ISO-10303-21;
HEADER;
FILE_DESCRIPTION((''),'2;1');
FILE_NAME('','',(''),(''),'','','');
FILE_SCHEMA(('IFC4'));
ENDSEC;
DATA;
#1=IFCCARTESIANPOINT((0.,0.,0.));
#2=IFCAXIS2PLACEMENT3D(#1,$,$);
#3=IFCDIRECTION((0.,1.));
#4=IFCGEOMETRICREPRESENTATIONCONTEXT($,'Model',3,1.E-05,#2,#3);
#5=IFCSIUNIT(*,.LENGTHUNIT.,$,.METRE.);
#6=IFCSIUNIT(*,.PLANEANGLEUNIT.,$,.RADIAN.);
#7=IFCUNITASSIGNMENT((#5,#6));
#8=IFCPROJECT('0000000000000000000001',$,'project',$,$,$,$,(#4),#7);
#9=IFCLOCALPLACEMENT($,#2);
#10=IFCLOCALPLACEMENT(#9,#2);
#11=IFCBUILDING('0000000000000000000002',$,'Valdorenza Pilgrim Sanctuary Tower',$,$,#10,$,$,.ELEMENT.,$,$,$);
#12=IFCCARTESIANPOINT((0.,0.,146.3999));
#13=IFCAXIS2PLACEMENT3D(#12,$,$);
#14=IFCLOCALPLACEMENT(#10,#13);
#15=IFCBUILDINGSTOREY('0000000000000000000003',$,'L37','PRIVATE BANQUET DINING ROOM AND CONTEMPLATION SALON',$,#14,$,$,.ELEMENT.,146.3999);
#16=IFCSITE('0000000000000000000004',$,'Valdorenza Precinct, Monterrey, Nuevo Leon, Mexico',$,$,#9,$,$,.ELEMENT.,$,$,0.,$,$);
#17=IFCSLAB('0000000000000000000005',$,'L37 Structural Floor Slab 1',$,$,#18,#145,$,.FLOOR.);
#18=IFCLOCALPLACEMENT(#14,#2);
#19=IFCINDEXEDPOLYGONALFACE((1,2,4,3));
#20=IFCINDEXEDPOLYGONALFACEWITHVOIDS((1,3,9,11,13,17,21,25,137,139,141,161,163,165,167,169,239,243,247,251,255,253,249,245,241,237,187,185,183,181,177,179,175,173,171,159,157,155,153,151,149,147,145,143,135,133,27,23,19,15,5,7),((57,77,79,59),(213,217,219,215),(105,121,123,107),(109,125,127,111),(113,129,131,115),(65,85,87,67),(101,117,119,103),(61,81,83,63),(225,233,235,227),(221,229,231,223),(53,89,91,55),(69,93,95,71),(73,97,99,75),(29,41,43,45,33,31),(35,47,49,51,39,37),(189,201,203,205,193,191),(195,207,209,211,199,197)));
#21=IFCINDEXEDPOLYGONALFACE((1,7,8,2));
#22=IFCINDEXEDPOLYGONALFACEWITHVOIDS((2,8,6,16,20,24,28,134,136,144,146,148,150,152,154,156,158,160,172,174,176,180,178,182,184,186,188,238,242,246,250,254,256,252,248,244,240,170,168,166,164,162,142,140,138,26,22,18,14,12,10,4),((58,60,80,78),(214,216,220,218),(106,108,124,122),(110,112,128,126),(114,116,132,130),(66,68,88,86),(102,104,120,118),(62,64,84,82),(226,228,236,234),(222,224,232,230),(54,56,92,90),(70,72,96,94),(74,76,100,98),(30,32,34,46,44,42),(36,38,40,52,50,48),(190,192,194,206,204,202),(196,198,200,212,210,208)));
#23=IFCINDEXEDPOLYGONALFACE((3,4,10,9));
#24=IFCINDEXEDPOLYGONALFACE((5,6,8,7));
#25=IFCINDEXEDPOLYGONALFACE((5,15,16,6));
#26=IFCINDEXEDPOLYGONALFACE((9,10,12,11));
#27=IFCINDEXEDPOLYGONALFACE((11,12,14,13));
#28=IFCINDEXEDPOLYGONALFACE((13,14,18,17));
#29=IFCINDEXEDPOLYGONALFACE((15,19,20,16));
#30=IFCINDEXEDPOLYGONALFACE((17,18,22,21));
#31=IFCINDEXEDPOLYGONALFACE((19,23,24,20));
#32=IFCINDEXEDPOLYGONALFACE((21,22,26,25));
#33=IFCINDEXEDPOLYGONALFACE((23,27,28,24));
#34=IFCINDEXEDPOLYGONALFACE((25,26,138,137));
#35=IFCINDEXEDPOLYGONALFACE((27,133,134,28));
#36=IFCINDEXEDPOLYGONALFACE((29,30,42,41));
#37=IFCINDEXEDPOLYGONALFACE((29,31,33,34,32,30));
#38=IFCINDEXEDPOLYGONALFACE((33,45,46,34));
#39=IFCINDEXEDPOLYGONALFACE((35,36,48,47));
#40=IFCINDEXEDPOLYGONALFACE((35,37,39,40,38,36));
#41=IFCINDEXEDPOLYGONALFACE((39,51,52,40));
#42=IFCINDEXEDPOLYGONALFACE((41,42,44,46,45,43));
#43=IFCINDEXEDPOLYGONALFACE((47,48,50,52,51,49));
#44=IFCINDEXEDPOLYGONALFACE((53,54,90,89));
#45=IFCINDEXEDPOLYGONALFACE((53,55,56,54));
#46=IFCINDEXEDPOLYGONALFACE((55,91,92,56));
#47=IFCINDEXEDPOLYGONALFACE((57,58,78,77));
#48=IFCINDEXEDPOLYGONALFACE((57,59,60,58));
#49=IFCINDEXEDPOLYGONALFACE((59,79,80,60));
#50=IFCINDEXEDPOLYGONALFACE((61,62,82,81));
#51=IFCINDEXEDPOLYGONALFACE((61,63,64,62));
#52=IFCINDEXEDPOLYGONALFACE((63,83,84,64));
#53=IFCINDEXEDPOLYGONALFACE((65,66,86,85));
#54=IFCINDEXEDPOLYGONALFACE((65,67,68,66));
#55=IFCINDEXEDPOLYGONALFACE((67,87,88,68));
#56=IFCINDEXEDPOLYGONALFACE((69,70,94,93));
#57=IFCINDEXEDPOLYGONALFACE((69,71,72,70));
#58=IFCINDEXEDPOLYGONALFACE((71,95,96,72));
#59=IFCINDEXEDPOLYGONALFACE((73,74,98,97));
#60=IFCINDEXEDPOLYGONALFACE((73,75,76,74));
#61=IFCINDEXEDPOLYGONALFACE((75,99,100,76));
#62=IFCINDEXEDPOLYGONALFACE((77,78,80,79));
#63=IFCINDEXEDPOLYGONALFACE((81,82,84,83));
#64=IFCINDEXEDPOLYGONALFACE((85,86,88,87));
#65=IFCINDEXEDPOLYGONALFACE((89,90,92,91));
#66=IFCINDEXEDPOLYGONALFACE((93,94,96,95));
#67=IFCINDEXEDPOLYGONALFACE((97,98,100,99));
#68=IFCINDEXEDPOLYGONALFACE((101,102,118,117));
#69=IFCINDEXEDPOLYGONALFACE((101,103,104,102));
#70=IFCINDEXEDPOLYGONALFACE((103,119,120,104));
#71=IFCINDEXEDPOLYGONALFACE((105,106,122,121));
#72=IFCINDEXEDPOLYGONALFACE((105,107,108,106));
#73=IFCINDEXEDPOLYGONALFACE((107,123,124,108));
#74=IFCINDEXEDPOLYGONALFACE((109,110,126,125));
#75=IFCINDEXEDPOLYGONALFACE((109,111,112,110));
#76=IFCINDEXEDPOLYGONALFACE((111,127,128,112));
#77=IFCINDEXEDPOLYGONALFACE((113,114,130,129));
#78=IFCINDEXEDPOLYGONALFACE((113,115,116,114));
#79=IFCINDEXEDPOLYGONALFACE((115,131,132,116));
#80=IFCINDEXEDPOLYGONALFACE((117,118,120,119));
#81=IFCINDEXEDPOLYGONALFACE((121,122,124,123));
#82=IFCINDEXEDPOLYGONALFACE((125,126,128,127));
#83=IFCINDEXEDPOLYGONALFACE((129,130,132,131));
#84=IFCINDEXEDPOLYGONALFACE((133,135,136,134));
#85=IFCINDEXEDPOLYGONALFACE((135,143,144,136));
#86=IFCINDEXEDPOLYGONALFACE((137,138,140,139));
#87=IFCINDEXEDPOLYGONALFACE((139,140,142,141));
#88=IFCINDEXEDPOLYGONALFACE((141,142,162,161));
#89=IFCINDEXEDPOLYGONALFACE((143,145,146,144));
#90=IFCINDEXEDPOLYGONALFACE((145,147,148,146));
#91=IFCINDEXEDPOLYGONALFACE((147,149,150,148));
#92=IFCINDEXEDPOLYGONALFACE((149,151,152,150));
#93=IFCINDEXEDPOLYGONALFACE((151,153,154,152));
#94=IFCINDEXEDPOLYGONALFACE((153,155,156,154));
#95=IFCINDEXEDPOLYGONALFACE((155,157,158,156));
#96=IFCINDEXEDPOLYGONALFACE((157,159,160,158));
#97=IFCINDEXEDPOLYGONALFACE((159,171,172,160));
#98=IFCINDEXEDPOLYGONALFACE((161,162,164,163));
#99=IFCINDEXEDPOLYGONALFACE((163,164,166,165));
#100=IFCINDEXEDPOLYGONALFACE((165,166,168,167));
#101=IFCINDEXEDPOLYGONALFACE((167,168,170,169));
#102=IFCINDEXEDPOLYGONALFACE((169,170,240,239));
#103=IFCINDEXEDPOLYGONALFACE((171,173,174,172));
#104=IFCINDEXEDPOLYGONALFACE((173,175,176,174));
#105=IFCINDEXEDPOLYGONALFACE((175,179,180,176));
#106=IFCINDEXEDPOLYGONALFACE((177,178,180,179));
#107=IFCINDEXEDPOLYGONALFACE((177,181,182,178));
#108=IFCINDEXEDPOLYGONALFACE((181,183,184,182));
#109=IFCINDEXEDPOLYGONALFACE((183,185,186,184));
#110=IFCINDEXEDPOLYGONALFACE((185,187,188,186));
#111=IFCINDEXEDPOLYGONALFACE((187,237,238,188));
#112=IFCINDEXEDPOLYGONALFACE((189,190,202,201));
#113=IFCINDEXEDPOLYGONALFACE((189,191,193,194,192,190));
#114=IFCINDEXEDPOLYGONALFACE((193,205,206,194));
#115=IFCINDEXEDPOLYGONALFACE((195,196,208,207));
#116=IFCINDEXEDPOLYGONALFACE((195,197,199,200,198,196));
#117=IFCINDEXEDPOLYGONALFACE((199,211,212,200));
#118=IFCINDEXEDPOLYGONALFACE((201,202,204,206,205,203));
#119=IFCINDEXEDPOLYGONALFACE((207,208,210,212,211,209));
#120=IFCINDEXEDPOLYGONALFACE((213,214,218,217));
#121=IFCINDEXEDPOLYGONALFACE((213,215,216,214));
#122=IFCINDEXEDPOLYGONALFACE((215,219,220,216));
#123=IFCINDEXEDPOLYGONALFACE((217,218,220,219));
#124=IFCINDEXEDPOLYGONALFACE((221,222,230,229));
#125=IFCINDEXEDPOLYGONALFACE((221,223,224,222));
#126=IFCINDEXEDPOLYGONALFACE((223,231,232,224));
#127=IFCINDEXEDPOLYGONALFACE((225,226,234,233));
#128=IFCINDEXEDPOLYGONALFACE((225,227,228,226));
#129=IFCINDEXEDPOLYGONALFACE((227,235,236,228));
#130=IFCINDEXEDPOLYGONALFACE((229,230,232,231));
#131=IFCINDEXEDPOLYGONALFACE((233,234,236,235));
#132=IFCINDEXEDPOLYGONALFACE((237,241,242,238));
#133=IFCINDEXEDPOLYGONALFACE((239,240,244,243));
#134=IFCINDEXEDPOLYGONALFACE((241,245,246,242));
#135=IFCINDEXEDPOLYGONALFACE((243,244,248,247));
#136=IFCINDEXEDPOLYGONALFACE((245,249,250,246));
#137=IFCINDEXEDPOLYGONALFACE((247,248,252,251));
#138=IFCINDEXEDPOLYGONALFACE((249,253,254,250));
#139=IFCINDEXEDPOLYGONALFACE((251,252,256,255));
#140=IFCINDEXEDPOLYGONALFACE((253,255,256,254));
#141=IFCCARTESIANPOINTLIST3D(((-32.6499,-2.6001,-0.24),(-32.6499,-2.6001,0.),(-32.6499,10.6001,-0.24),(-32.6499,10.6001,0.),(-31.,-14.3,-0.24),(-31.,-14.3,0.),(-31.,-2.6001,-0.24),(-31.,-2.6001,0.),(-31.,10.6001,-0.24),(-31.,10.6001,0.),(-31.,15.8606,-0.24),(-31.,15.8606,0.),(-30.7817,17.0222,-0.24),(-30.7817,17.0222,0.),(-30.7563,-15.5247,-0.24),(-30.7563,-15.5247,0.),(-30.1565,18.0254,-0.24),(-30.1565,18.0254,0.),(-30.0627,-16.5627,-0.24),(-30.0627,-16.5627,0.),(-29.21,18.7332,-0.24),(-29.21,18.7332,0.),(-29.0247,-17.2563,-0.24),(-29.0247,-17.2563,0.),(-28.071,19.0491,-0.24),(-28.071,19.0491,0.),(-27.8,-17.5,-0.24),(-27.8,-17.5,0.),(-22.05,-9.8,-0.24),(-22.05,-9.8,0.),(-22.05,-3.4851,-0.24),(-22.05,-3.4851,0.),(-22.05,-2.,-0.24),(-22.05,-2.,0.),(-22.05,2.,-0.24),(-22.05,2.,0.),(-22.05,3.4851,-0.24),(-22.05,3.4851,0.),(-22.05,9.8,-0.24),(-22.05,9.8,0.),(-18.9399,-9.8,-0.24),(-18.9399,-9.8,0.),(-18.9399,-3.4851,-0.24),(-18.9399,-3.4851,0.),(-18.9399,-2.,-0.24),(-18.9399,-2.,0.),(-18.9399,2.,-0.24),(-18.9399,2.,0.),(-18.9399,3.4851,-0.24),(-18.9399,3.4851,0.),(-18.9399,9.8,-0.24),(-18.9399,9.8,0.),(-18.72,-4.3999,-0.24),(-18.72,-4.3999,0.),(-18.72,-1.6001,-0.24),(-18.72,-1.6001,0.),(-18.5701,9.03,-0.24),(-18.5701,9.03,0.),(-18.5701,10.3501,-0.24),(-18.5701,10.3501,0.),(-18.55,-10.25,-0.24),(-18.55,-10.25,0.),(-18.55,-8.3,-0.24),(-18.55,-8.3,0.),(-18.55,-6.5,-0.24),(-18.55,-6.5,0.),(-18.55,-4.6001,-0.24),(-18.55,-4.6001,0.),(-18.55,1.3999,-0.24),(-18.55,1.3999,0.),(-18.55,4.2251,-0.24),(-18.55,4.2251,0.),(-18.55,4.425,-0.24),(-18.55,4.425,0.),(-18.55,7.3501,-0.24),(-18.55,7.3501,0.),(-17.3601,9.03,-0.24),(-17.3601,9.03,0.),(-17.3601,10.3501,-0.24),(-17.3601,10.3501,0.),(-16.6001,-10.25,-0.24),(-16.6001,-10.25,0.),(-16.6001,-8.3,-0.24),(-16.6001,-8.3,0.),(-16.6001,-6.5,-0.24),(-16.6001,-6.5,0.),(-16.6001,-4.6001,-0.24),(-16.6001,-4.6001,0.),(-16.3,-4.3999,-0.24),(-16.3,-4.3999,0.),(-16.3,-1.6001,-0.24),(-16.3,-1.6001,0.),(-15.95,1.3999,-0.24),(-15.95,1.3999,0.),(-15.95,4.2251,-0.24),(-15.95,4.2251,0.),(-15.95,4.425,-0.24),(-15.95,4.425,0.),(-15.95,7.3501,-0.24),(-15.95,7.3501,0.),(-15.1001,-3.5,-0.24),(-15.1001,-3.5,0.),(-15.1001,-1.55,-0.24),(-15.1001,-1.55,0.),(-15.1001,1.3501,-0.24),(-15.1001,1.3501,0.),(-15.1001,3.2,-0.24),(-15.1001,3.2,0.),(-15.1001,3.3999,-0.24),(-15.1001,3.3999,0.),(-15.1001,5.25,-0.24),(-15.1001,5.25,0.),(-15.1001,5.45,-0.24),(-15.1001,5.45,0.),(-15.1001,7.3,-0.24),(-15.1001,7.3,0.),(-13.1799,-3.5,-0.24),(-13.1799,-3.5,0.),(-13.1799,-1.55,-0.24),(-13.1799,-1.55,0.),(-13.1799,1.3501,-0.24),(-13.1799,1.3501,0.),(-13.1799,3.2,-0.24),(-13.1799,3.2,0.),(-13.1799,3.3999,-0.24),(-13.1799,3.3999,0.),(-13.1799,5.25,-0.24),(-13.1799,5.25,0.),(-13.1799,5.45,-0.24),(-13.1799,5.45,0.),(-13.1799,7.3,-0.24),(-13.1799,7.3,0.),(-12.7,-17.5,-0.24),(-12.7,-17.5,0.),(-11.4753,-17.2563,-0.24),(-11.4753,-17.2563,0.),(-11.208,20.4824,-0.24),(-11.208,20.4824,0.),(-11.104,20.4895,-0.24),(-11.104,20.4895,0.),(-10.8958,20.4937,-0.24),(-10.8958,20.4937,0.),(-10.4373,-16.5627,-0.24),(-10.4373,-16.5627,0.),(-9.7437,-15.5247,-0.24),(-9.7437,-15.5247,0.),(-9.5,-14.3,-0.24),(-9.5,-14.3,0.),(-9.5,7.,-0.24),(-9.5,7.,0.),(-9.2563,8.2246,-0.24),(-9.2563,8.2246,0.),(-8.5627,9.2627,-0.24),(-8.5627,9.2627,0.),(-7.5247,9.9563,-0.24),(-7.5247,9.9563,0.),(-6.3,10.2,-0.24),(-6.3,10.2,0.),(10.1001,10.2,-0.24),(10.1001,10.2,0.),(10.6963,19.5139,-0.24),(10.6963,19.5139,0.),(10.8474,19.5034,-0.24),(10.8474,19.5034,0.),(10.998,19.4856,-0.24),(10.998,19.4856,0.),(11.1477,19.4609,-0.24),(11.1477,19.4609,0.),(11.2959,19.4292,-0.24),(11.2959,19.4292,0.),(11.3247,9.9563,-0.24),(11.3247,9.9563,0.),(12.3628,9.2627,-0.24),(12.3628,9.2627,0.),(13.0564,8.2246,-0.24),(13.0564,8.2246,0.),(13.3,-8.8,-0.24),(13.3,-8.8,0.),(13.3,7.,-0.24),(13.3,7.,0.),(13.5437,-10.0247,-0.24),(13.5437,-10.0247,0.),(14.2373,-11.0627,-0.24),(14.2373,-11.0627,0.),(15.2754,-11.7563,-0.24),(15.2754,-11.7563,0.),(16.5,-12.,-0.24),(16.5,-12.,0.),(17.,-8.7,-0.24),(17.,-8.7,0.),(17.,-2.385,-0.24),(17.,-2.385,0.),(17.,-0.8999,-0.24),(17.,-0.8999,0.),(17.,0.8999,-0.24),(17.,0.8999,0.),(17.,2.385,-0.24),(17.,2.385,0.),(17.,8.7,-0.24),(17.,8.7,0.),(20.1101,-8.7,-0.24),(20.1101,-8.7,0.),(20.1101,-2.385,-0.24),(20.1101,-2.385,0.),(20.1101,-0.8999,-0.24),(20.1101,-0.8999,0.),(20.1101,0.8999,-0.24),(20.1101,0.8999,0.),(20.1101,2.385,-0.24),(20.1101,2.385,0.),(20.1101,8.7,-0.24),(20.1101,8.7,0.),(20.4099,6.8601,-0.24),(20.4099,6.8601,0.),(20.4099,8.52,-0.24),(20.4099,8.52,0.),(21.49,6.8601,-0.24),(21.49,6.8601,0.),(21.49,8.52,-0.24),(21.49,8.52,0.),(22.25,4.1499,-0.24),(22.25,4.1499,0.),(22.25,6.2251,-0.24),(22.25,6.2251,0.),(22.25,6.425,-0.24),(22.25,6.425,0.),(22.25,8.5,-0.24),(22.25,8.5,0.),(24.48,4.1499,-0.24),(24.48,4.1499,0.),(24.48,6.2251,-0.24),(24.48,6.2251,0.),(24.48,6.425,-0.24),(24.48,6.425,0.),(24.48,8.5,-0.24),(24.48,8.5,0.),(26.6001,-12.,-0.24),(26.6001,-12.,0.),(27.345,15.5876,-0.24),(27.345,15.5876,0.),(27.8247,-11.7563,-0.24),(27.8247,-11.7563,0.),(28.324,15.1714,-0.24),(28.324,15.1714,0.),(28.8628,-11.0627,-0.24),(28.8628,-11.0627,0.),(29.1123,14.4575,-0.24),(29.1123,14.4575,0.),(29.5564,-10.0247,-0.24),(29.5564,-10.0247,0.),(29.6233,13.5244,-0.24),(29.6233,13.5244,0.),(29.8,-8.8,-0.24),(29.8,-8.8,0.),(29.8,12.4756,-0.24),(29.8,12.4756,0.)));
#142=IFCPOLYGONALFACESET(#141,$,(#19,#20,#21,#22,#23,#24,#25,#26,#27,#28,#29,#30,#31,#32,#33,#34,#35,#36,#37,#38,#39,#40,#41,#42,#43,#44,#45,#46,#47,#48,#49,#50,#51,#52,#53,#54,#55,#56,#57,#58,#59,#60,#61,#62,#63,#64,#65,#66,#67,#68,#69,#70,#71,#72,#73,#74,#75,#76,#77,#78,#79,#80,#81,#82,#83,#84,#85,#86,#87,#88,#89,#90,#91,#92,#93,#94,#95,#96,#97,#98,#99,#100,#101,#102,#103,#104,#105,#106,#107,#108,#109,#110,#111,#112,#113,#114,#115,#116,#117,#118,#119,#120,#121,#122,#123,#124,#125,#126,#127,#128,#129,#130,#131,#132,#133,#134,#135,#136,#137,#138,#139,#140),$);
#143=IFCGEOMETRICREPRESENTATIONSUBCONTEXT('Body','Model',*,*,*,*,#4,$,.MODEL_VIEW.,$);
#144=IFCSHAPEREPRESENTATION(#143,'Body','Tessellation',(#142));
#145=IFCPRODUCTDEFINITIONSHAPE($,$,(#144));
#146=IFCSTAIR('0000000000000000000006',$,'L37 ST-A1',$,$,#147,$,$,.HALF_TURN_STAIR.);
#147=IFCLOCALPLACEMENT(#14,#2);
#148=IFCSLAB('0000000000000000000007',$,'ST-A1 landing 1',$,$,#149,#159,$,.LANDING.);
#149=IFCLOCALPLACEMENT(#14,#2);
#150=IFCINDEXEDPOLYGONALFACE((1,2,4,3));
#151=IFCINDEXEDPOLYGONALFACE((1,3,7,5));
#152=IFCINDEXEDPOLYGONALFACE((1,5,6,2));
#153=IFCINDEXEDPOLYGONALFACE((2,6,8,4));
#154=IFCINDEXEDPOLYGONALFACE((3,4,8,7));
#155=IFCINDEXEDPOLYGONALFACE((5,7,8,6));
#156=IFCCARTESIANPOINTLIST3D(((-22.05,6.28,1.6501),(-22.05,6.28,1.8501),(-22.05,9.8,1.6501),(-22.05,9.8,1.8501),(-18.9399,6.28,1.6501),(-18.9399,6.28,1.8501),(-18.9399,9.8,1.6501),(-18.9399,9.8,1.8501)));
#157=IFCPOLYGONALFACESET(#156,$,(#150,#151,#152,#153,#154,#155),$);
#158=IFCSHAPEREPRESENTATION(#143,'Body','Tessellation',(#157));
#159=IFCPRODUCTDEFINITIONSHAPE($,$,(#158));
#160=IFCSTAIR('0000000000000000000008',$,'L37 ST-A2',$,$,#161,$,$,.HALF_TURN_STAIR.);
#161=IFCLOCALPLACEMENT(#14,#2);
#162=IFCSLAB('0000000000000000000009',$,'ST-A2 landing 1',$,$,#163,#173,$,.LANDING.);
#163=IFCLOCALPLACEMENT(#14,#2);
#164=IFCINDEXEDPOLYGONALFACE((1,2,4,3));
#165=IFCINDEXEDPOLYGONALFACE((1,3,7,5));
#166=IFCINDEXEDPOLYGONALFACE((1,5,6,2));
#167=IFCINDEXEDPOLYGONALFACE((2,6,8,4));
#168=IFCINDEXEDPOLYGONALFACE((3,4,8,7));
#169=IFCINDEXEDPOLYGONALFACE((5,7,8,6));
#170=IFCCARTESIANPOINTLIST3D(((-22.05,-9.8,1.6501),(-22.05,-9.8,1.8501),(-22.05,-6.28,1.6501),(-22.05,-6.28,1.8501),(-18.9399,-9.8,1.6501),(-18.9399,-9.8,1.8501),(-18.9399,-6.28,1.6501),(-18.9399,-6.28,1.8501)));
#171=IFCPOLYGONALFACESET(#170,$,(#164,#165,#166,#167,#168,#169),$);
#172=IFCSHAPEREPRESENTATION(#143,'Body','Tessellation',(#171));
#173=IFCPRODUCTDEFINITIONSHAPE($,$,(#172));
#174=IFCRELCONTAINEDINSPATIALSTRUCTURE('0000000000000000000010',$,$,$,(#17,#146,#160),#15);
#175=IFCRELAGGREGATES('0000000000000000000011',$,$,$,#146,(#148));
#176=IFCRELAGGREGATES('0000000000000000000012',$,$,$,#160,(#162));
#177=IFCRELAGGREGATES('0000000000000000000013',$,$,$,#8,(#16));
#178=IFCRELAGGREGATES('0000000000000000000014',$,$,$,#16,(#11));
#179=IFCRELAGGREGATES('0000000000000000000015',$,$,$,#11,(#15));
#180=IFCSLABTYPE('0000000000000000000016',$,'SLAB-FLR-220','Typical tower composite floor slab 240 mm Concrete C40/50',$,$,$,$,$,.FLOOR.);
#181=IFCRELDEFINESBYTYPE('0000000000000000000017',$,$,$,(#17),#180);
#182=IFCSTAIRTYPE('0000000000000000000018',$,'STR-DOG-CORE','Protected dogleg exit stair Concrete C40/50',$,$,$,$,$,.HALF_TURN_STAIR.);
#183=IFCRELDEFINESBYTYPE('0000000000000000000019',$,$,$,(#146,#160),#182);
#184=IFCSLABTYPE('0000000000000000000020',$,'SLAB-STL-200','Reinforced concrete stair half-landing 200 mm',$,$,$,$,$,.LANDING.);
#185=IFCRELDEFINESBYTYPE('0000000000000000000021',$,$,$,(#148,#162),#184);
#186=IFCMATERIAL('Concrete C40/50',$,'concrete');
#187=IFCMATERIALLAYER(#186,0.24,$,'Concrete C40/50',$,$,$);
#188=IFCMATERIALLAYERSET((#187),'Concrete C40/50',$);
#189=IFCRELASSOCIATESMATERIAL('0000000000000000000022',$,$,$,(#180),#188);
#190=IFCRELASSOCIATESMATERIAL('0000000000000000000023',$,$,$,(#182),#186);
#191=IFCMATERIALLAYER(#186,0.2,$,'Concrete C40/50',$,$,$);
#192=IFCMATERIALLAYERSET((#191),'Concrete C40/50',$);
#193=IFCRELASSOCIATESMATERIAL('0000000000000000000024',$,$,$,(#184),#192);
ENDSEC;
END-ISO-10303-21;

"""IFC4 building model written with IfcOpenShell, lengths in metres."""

from ifc_helpers import new_model, si_unit, direction, frame, origin, place, context, subcontext, project, spatial, polyline, outline, extrude, material, layer, layer_set, type_object, element, aggregate, save


model = new_model("IFC4")

# Units and contexts
model_context = context("Model", 3, precision=1e-05, world=origin(), true_north=direction((0.0, 1.0)))
body_context = subcontext(model_context, "Body", "Model", "MODEL_VIEW")
ifc_project = project(units=[si_unit("LENGTHUNIT", "METRE"), si_unit("PLANEANGLEUNIT", "RADIAN")], contexts=[model_context])

# Site, building, storey
site_placement = place(None, origin())
site = spatial("IfcSite", under=ifc_project, at=site_placement, Name="Valdorenza Precinct, Monterrey, Nuevo Leon, Mexico", CompositionType="ELEMENT", RefElevation=0.0)
building_placement = place(site_placement, origin())
building = spatial("IfcBuilding", under=site, at=building_placement, Name="Valdorenza Pilgrim Sanctuary Tower", CompositionType="ELEMENT")
storey_placement = place(building_placement, frame((0.0, 0.0, 146.3999)))
storey = spatial("IfcBuildingStorey", under=building, at=storey_placement, Name="L37", Description="PRIVATE BANQUET DINING ROOM AND CONTEMPLATION SALON", CompositionType="ELEMENT", Elevation=146.3999)

# Slab
ifc_material_1 = material(Name="Concrete C40/50", Category="concrete")
ifc_layer_1 = layer(ifc_material_1, 0.24, Name="Concrete C40/50")
ifc_layer_set_1 = layer_set([ifc_layer_1], Name="Concrete C40/50")
slab_type_1 = type_object("IfcSlabType", Name="SLAB-FLR-220", Description="Typical tower composite floor slab 240 mm Concrete C40/50", PredefinedType="FLOOR", material=ifc_layer_set_1)
slab_1_placement = place(storey_placement, frame((0.0, 0.0, -0.24)))
element("IfcSlab", 1, at=slab_1_placement, inside=storey, type_object=slab_type_1, Name="L37 Structural Floor Slab 1", PredefinedType="FLOOR", context=body_context, shape_type="SweptSolid", body=[
    extrude(outline(polyline([(-30.7817, 17.0222), (-30.1565, 18.0254), (-29.21, 18.7332), (-28.071, 19.0491), (-11.208, 20.4824), (-11.104, 20.4895), (-10.8958, 20.4937), (10.6963, 19.5139), (10.8474, 19.5034), (10.998, 19.4856), (11.1477, 19.4609), (11.2959, 19.4292), (27.345, 15.5876), (28.324, 15.1714), (29.1123, 14.4575), (29.6233, 13.5244), (29.8, 12.4756), (29.8, -8.8), (29.5564, -10.0247), (28.8628, -11.0627), (27.8247, -11.7563), (26.6001, -12.0), (16.5, -12.0), (15.2754, -11.7563), (14.2373, -11.0627), (13.5437, -10.0247), (13.3, -8.8), (13.3, 7.0), (13.0564, 8.2246), (12.3628, 9.2627), (11.3247, 9.9563), (10.1001, 10.2), (-6.3, 10.2), (-7.5247, 9.9563), (-8.5627, 9.2627), (-9.2563, 8.2246), (-9.5, 7.0), (-9.5, -14.3), (-9.7437, -15.5247), (-10.4373, -16.5627), (-11.4753, -17.2563), (-12.7, -17.5), (-27.8, -17.5), (-29.0247, -17.2563), (-30.0627, -16.5627), (-30.7563, -15.5247), (-31.0, -14.3), (-31.0, -2.6001), (-32.6499, -2.6001), (-32.6499, 10.6001), (-31.0, 10.6001), (-31.0, 15.8606), (-30.7817, 17.0222)]), holes=[polyline([(-16.6001, -10.25), (-16.6001, -8.3), (-18.55, -8.3), (-18.55, -10.25), (-16.6001, -10.25)]), polyline([(-22.05, -9.8), (-18.9399, -9.8), (-18.9399, -3.4851), (-18.9399, -2.0), (-22.05, -2.0), (-22.05, -3.4851), (-22.05, -9.8)]), polyline([(-16.6001, -6.5), (-16.6001, -4.6001), (-18.55, -4.6001), (-18.55, -6.5), (-16.6001, -6.5)]), polyline([(-18.72, -4.3999), (-16.3, -4.3999), (-16.3, -1.6001), (-18.72, -1.6001), (-18.72, -4.3999)]), polyline([(-13.1799, 1.3501), (-13.1799, 3.2), (-15.1001, 3.2), (-15.1001, 1.3501), (-13.1799, 1.3501)]), polyline([(-22.05, 2.0), (-18.9399, 2.0), (-18.9399, 3.4851), (-18.9399, 9.8), (-22.05, 9.8), (-22.05, 3.4851), (-22.05, 2.0)]), polyline([(-15.95, 1.3999), (-15.95, 4.2251), (-18.55, 4.2251), (-18.55, 1.3999), (-15.95, 1.3999)]), polyline([(-18.55, 4.425), (-15.95, 4.425), (-15.95, 7.3501), (-18.55, 7.3501), (-18.55, 4.425)]), polyline([(-17.3601, 9.03), (-17.3601, 10.3501), (-18.5701, 10.3501), (-18.5701, 9.03), (-17.3601, 9.03)]), polyline([(17.0, -8.7), (20.1101, -8.7), (20.1101, -2.385), (20.1101, -0.8999), (17.0, -0.8999), (17.0, -2.385), (17.0, -8.7)]), polyline([(-13.1799, -3.5), (-13.1799, -1.55), (-15.1001, -1.55), (-15.1001, -3.5), (-13.1799, -3.5)]), polyline([(17.0, 0.8999), (20.1101, 0.8999), (20.1101, 2.385), (20.1101, 8.7), (17.0, 8.7), (17.0, 2.385), (17.0, 0.8999)]), polyline([(-13.1799, 3.3999), (-13.1799, 5.25), (-15.1001, 5.25), (-15.1001, 3.3999), (-13.1799, 3.3999)]), polyline([(22.25, 4.1499), (24.48, 4.1499), (24.48, 6.2251), (22.25, 6.2251), (22.25, 4.1499)]), polyline([(-13.1799, 5.45), (-13.1799, 7.3), (-15.1001, 7.3), (-15.1001, 5.45), (-13.1799, 5.45)]), polyline([(22.25, 6.425), (24.48, 6.425), (24.48, 8.5), (22.25, 8.5), (22.25, 6.425)]), polyline([(20.4099, 6.8601), (21.49, 6.8601), (21.49, 8.52), (20.4099, 8.52), (20.4099, 6.8601)])]), origin(), (0.0, 0.0, 1.0), 0.24),
])

# Stairs, slabs
stair_type = type_object("IfcStairType", Name="STR-DOG-CORE", Description="Protected dogleg exit stair Concrete C40/50", PredefinedType="HALF_TURN_STAIR", material=ifc_material_1)
stair_1_placement = place(storey_placement, origin())
stair_1 = element("IfcStair", 2, at=stair_1_placement, inside=storey, type_object=stair_type, Name="L37 ST-A1", PredefinedType="HALF_TURN_STAIR")
ifc_layer_2 = layer(ifc_material_1, 0.2, Name="Concrete C40/50")
ifc_layer_set_2 = layer_set([ifc_layer_2], Name="Concrete C40/50")
slab_type_2 = type_object("IfcSlabType", Name="SLAB-STL-200", Description="Reinforced concrete stair half-landing 200 mm", PredefinedType="LANDING", material=ifc_layer_set_2)
slab_2_placement = place(storey_placement, frame((0.0, 0.0, 1.6501)))
slab_2 = element("IfcSlab", 3, at=slab_2_placement, type_object=slab_type_2, Name="ST-A1 landing 1", PredefinedType="LANDING", context=body_context, shape_type="SweptSolid", body=[
    extrude(outline(polyline([(-18.9399, 6.28), (-18.9399, 9.8), (-22.05, 9.8), (-22.05, 6.28), (-18.9399, 6.28)])), origin(), (0.0, 0.0, 1.0), 0.2),
])
aggregate(stair_1, [slab_2])
stair_2_placement = place(storey_placement, origin())
stair_2 = element("IfcStair", 4, at=stair_2_placement, inside=storey, type_object=stair_type, Name="L37 ST-A2", PredefinedType="HALF_TURN_STAIR")
slab_3_placement = place(storey_placement, frame((0.0, 0.0, 1.6501)))
slab_3 = element("IfcSlab", 5, at=slab_3_placement, type_object=slab_type_2, Name="ST-A2 landing 1", PredefinedType="LANDING", context=body_context, shape_type="SweptSolid", body=[
    extrude(outline(polyline([(-22.05, -6.28), (-22.05, -9.8), (-18.9399, -9.8), (-18.9399, -6.28), (-22.05, -6.28)])), origin(), (0.0, 0.0, 1.0), 0.2),
])
aggregate(stair_2, [slab_3])

save(model, "model.ifc")
